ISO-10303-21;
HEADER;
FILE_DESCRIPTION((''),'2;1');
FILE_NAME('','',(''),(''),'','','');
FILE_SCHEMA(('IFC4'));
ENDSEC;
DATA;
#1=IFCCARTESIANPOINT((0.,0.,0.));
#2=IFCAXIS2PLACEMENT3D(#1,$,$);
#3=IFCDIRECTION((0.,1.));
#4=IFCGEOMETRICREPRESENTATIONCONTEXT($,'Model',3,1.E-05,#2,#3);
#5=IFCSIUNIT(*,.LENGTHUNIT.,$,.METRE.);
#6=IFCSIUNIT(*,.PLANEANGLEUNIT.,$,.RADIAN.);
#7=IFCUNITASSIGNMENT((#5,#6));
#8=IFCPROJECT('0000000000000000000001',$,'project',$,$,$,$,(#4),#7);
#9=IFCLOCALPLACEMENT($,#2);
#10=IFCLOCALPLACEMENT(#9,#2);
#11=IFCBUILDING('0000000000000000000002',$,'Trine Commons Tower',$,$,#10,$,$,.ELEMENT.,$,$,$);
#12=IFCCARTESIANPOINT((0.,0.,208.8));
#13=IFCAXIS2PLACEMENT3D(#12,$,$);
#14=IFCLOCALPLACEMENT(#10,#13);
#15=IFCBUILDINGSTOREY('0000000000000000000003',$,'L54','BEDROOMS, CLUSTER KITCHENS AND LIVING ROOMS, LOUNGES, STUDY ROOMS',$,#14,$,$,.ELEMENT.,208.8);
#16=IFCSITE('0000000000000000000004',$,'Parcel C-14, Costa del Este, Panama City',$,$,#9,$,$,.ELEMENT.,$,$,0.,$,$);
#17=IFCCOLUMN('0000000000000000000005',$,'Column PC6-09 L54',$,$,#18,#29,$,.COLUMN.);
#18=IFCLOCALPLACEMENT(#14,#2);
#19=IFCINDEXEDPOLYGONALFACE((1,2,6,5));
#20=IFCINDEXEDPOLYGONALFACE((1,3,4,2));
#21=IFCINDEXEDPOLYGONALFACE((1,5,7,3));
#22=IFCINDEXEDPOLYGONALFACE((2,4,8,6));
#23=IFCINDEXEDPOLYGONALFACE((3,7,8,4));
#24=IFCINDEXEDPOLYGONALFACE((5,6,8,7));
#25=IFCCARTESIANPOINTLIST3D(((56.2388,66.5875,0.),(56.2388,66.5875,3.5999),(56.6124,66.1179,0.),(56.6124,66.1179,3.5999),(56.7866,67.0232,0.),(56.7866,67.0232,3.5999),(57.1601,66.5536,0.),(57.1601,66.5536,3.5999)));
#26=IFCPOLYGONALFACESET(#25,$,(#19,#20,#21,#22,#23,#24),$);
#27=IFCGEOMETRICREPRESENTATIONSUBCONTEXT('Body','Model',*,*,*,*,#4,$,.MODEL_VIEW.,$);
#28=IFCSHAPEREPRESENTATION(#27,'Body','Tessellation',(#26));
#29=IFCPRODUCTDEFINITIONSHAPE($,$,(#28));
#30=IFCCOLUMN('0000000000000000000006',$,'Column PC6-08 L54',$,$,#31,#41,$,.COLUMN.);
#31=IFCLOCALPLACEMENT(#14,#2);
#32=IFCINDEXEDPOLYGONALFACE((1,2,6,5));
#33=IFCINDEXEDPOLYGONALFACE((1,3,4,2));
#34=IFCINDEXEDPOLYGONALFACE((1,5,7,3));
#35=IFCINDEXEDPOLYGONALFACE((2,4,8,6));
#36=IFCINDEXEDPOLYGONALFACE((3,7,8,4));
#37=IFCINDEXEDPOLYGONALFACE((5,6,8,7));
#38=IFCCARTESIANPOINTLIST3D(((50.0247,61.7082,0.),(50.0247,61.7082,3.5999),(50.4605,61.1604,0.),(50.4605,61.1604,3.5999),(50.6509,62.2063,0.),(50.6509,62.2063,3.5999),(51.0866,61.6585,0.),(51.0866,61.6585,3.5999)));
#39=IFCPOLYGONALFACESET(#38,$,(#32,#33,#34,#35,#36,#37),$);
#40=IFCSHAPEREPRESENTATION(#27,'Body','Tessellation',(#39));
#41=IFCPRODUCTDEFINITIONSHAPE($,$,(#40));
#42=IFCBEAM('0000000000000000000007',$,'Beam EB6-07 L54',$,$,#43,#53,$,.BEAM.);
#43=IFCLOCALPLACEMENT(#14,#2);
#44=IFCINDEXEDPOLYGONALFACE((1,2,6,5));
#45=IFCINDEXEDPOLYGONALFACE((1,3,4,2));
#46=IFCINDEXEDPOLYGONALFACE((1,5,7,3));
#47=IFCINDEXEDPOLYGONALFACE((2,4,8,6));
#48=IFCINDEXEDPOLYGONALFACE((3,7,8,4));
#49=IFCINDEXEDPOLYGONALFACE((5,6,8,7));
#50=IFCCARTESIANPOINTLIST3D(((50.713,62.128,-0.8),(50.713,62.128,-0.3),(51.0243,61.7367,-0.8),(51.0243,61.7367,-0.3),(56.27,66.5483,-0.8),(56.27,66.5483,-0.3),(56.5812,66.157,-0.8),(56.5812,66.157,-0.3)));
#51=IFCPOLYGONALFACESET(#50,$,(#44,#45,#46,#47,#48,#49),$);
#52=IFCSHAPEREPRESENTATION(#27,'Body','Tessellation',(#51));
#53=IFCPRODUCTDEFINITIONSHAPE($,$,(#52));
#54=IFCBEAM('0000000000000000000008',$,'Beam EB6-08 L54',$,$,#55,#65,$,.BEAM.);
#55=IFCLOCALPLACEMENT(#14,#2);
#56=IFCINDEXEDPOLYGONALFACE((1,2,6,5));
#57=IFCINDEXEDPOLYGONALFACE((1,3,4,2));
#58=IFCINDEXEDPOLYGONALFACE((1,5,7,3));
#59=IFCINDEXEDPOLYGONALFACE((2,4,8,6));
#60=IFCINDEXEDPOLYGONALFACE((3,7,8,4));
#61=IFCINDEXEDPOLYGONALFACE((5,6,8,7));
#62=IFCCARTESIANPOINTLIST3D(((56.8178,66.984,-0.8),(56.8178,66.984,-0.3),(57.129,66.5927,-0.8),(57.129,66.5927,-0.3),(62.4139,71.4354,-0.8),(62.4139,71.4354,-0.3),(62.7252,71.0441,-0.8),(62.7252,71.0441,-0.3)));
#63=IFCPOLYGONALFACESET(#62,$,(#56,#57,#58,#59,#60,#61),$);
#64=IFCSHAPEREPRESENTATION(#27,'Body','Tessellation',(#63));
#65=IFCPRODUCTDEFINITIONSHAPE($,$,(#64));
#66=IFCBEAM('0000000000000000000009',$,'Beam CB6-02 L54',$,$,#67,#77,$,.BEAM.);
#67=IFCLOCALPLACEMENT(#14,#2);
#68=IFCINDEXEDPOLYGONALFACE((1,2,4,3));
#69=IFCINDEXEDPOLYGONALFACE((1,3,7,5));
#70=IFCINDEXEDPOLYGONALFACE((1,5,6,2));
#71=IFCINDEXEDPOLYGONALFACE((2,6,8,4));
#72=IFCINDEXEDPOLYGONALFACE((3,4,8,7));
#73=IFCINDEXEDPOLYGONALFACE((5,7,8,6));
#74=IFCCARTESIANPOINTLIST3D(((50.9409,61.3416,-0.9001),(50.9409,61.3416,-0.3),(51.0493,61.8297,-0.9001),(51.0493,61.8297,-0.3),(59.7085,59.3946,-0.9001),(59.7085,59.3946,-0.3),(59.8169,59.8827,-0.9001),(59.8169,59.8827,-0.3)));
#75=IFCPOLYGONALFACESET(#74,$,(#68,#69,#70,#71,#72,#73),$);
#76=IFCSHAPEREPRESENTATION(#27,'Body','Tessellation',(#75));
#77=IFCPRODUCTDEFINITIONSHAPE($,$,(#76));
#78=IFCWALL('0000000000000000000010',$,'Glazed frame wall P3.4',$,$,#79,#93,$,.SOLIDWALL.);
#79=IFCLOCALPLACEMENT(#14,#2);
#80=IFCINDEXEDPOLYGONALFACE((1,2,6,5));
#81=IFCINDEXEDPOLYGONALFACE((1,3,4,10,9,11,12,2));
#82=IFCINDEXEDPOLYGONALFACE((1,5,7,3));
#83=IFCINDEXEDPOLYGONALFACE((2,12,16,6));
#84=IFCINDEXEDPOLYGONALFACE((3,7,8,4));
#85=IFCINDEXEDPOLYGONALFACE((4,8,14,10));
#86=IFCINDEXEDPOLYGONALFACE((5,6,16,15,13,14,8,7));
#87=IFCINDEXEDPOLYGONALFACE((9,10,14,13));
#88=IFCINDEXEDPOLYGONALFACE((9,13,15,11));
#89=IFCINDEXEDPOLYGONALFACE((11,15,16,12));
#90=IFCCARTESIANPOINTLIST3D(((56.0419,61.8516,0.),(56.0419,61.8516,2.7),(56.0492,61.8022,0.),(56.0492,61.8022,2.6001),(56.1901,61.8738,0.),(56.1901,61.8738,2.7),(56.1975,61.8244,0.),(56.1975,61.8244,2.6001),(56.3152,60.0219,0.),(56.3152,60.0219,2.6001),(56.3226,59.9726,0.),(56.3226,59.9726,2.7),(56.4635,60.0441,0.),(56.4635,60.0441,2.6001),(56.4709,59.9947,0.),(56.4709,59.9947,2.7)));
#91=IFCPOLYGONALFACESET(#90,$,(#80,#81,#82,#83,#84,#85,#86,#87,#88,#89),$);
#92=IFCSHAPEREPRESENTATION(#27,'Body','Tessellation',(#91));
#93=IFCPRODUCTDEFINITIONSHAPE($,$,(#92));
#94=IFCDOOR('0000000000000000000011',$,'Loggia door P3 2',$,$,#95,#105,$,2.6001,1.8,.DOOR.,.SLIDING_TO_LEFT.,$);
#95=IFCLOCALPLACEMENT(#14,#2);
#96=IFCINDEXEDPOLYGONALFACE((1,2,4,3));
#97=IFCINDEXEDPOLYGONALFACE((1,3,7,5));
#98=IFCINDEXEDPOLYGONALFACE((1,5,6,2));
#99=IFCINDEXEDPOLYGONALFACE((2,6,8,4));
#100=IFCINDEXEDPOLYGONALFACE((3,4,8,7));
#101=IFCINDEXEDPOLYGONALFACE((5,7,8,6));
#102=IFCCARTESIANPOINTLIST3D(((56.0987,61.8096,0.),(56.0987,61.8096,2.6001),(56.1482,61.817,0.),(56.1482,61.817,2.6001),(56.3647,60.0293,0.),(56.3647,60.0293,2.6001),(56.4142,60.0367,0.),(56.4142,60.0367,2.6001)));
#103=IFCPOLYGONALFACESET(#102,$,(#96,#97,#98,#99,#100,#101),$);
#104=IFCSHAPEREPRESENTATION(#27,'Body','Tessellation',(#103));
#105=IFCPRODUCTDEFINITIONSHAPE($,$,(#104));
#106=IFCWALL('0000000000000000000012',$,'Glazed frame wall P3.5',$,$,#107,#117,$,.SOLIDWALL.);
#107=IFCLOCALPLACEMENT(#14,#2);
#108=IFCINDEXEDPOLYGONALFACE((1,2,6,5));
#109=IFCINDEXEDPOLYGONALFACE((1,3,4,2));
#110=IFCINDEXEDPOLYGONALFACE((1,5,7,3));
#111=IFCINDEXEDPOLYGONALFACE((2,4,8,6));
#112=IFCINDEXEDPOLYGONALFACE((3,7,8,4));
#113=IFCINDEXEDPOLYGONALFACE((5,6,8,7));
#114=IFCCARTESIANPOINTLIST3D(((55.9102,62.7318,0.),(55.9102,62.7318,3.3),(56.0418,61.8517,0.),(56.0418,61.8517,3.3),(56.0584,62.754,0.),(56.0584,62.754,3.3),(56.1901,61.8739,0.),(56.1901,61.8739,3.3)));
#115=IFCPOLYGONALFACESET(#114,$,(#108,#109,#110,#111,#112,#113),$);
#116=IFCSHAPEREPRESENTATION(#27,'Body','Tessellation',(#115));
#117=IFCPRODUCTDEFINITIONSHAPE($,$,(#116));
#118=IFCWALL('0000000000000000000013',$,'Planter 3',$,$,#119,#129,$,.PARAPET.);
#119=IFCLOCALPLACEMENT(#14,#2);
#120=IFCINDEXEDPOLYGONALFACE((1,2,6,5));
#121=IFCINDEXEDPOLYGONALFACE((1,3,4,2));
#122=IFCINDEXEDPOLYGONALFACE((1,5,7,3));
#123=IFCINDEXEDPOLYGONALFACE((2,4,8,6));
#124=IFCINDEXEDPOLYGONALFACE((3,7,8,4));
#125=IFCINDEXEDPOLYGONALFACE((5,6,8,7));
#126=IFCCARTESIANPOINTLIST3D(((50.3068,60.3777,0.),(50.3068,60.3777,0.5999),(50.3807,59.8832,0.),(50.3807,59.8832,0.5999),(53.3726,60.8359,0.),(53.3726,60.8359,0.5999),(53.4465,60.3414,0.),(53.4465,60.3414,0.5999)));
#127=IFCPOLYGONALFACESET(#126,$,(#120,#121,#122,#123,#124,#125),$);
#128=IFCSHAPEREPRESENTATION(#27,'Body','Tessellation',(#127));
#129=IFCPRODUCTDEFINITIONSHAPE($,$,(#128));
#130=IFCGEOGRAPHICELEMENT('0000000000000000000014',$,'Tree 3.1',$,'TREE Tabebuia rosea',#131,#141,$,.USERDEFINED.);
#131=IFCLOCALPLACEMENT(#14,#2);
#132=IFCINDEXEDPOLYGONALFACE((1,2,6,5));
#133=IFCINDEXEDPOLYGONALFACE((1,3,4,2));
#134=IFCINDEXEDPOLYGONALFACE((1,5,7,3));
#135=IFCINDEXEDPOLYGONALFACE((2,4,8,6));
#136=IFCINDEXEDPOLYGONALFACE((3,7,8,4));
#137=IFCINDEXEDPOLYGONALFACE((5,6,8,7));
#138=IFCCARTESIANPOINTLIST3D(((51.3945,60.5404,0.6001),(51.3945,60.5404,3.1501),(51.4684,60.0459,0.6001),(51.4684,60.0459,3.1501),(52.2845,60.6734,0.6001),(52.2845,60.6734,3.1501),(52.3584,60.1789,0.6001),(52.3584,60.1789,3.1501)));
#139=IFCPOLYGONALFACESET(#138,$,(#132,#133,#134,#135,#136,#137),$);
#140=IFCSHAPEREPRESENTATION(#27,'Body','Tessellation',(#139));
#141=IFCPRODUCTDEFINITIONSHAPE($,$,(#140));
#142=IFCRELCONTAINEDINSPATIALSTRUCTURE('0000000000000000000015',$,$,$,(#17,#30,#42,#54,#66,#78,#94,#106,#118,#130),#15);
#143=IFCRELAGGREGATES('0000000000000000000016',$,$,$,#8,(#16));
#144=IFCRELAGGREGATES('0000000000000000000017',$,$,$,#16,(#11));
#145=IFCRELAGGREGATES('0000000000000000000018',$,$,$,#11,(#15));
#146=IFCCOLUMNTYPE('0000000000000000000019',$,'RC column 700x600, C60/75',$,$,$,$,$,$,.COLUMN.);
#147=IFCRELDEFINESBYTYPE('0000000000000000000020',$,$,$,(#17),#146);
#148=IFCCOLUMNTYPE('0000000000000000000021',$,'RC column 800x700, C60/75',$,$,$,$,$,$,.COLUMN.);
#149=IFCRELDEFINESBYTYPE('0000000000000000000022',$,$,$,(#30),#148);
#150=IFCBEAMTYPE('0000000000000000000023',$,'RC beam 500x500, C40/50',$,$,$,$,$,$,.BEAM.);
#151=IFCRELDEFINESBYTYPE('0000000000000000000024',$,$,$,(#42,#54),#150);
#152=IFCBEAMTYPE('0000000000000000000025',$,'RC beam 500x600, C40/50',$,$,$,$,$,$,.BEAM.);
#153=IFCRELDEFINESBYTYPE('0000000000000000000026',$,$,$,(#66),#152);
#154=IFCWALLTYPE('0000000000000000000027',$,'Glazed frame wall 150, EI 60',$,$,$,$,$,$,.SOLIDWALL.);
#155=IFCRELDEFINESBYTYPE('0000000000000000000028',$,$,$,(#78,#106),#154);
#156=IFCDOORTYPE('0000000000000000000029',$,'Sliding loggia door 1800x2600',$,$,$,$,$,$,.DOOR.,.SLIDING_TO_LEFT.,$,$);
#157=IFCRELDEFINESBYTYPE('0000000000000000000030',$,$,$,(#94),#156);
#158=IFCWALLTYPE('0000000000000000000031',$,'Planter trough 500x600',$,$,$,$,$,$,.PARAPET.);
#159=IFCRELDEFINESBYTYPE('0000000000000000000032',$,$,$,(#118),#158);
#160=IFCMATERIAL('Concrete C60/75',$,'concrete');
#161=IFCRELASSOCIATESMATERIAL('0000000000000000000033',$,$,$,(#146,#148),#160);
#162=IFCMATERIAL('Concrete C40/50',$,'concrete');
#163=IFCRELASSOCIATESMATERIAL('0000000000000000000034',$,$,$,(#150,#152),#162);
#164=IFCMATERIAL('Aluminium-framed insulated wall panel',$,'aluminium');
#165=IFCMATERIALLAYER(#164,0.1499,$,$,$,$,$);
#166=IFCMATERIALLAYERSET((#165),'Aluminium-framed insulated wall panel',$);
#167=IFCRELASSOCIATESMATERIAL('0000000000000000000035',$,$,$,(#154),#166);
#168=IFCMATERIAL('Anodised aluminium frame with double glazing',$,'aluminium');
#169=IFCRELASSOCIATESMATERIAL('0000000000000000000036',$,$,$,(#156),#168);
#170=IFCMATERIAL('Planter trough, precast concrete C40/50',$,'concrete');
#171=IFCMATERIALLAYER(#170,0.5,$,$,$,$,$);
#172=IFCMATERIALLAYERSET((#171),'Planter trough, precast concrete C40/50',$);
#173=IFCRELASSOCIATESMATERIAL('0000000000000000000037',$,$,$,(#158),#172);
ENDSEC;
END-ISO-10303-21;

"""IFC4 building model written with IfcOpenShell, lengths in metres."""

from ifc_helpers import new_model, si_unit, direction, frame, frame_2d, origin, origin_2d, place, context, subcontext, project, spatial, polyline, rectangle, outline, extrude, material, layer, layer_set, material_profile, profile_set, type_object, element, fill, save


model = new_model("IFC4")

# Units and contexts
model_context = context("Model", 3, precision=1e-05, world=origin(), true_north=direction((0.0, 1.0)))
body_context = subcontext(model_context, "Body", "Model", "MODEL_VIEW")
ifc_project = project(units=[si_unit("LENGTHUNIT", "METRE"), si_unit("PLANEANGLEUNIT", "RADIAN")], contexts=[model_context])

# Site, building, storey
site_placement = place(None, origin())
site = spatial("IfcSite", under=ifc_project, at=site_placement, Name="Parcel C-14, Costa del Este, Panama City", CompositionType="ELEMENT", RefElevation=0.0)
building_placement = place(site_placement, origin())
building = spatial("IfcBuilding", under=site, at=building_placement, Name="Trine Commons Tower", CompositionType="ELEMENT")
storey_placement = place(building_placement, frame((0.0, 0.0, 208.8)))
storey = spatial("IfcBuildingStorey", under=building, at=storey_placement, Name="L54", Description="BEDROOMS, CLUSTER KITCHENS AND LIVING ROOMS, LOUNGES, STUDY ROOMS", CompositionType="ELEMENT", Elevation=208.8)

# Columns
ifc_material_1 = material(Name="Concrete C60/75", Category="concrete")
ifc_material_profile_1 = material_profile(ifc_material_1, rectangle(XDim=0.7, YDim=0.6001, at=origin_2d()), Name="RC 700x600")
ifc_profile_set_1 = profile_set([ifc_material_profile_1], Name="Concrete C60/75")
column_type_1 = type_object("IfcColumnType", Name="RC column 700x600, C60/75", PredefinedType="COLUMN", material=ifc_profile_set_1)
column_1_placement = place(storey_placement, frame((56.6995, 66.5706, 0.0), z_axis=(0.0, 0.0, 1.0), x_axis=(0.782608, 0.622515, 0.0)))
element("IfcColumn", 1, at=column_1_placement, inside=storey, type_object=column_type_1, Name="Column PC6-09 L54", PredefinedType="COLUMN", context=body_context, shape_type="SweptSolid", body=[
    extrude(rectangle(XDim=0.7, YDim=0.6001, at=origin_2d()), origin(), (0.0, 0.0, 1.0), 3.5999),
])
ifc_material_profile_2 = material_profile(ifc_material_1, rectangle(XDim=0.8, YDim=0.7, at=origin_2d()), Name="RC 800x700")
ifc_profile_set_2 = profile_set([ifc_material_profile_2], Name="Concrete C60/75")
column_type_2 = type_object("IfcColumnType", Name="RC column 800x700, C60/75", PredefinedType="COLUMN", material=ifc_profile_set_2)
column_2_placement = place(storey_placement, frame((50.5557, 61.6833, 0.0), z_axis=(0.0, 0.0, 1.0), x_axis=(0.782608, 0.622515, 0.0)))
element("IfcColumn", 2, at=column_2_placement, inside=storey, type_object=column_type_2, Name="Column PC6-08 L54", PredefinedType="COLUMN", context=body_context, shape_type="SweptSolid", body=[
    extrude(rectangle(XDim=0.8, YDim=0.7, at=origin_2d()), origin(), (0.0, 0.0, 1.0), 3.5999),
])

# Beams
ifc_material_2 = material(Name="Concrete C40/50", Category="concrete")
ifc_material_profile_3 = material_profile(ifc_material_2, rectangle(XDim=0.5, YDim=0.5, at=origin_2d()), Name="RC 500x500")
ifc_profile_set_3 = profile_set([ifc_material_profile_3], Name="Concrete C40/50")
beam_type_1 = type_object("IfcBeamType", Name="RC beam 500x500, C40/50", PredefinedType="BEAM", material=ifc_profile_set_3)
beam_1_placement = place(storey_placement, frame((50.8687, 61.9324, -0.55), z_axis=(0.782607, 0.622516, 0.0), x_axis=(-0.622516, 0.782607, 0.0)))
element("IfcBeam", 3, at=beam_1_placement, inside=storey, type_object=beam_type_1, Name="Beam EB6-07 L54", PredefinedType="BEAM", context=body_context, shape_type="SweptSolid", body=[
    extrude(rectangle(XDim=0.5, YDim=0.5, at=origin_2d()), origin(), (0.0, 0.0, 1.0), 7.1006),
])
beam_2_placement = place(storey_placement, frame((56.9734, 66.7883, -0.55), z_axis=(0.782608, 0.622515, 0.0), x_axis=(-0.622515, 0.782608, 0.0)))
element("IfcBeam", 4, at=beam_2_placement, inside=storey, type_object=beam_type_1, Name="Beam EB6-08 L54", PredefinedType="BEAM", context=body_context, shape_type="SweptSolid", body=[
    extrude(rectangle(XDim=0.5, YDim=0.5, at=origin_2d()), origin(), (0.0, 0.0, 1.0), 7.1506),
])
ifc_material_profile_4 = material_profile(ifc_material_2, rectangle(XDim=0.5, YDim=0.6001, at=origin_2d()), Name="RC 500x600")
ifc_profile_set_4 = profile_set([ifc_material_profile_4], Name="Concrete C40/50")
beam_type_2 = type_object("IfcBeamType", Name="RC beam 500x600, C40/50", PredefinedType="BEAM", material=ifc_profile_set_4)
beam_3_placement = place(storey_placement, frame((50.9951, 61.5857, -0.6001), z_axis=(0.976218, -0.216789, 0.0), x_axis=(0.216789, 0.976218, 0.0)))
element("IfcBeam", 5, at=beam_3_placement, inside=storey, type_object=beam_type_2, Name="Beam CB6-02 L54", PredefinedType="BEAM", context=body_context, shape_type="SweptSolid", body=[
    extrude(rectangle(XDim=0.5, YDim=0.6001, at=origin_2d()), origin(), (0.0, 0.0, 1.0), 8.9812),
])

# Shared definitions
ifc_material_3 = material(Name="Aluminium-framed insulated wall panel", Category="aluminium")
ifc_layer_1 = layer(ifc_material_3, 0.1499)
ifc_layer_set_1 = layer_set([ifc_layer_1], Name="Aluminium-framed insulated wall panel")
wall_type_1 = type_object("IfcWallType", Name="Glazed frame wall 150, EI 60", PredefinedType="SOLIDWALL", material=ifc_layer_set_1)
ifc_material_4 = material(Name="Anodised aluminium frame with double glazing", Category="aluminium")
door_type = type_object("IfcDoorType", Name="Sliding loggia door 1800x2600", OperationType="SLIDING_TO_LEFT", PredefinedType="DOOR", material=ifc_material_4)

# Wall, opening, door
wall_1_placement = place(storey_placement, frame((56.3967, 59.9836, 0.0), z_axis=(0.0, 0.0, 1.0), x_axis=(-0.147769, 0.989022, 0.0)))
wall_1 = element("IfcWall", 6, at=wall_1_placement, inside=storey, type_object=wall_type_1, Name="Glazed frame wall P3.4", PredefinedType="SOLIDWALL", context=body_context, shape_type="SweptSolid", body=[
    extrude(outline(polyline([(0.0, -0.075), (1.8999, -0.075), (1.8999, 0.075), (0.0, 0.075), (0.0, -0.075)])), origin(), (0.0, 0.0, 1.0), 2.7),
])
opening_1_placement = place(wall_1_placement, frame((0.05, 0.0, 0.0)))
opening_1 = element("IfcOpeningElement", 7, at=opening_1_placement, cuts=wall_1, PredefinedType="OPENING", context=body_context, shape_type="SweptSolid", body=[
    extrude(rectangle(XDim=1.8, YDim=2.6001, at=frame_2d((0.8999, 1.3))), frame((0.0, 0.085, 0.0), z_axis=(0.0, -1.0, 0.0), x_axis=(1.0, 0.0, 0.0)), (0.0, 0.0, 1.0), 0.1699),
])
door_1_placement = place(opening_1_placement, origin())
door_1 = element("IfcDoor", 8, at=door_1_placement, inside=storey, type_object=door_type, Name="Loggia door P3 2", OperationType="SLIDING_TO_LEFT", OverallHeight=2.6001, OverallWidth=1.8, PredefinedType="DOOR", context=body_context, shape_type="SweptSolid", body=[
    extrude(rectangle(XDim=1.8, YDim=2.6001, at=frame_2d((0.8999, 1.3))), frame((0.0, 0.0249, 0.0), z_axis=(0.0, -1.0, 0.0), x_axis=(1.0, 0.0, 0.0)), (0.0, 0.0, 1.0), 0.05),
])
fill(opening_1, door_1)

# Walls
wall_2_placement = place(storey_placement, frame((56.116, 61.8628, 0.0), z_axis=(0.0, 0.0, 1.0), x_axis=(-0.147946, 0.988995, 0.0)))
element("IfcWall", 9, at=wall_2_placement, inside=storey, type_object=wall_type_1, Name="Glazed frame wall P3.5", PredefinedType="SOLIDWALL", context=body_context, shape_type="SweptSolid", body=[
    extrude(outline(polyline([(0.8899, 0.075), (0.0, 0.075), (0.0, -0.075), (0.8899, -0.075), (0.8899, 0.075)])), origin(), (0.0, 0.0, 1.0), 3.3),
])
ifc_material_5 = material(Name="Planter trough, precast concrete C40/50", Category="concrete")
ifc_layer_2 = layer(ifc_material_5, 0.5)
ifc_layer_set_2 = layer_set([ifc_layer_2], Name="Planter trough, precast concrete C40/50")
wall_type_2 = type_object("IfcWallType", Name="Planter trough 500x600", PredefinedType="PARAPET", material=ifc_layer_set_2)
wall_3_placement = place(storey_placement, frame((53.4094, 60.5886, 0.0), z_axis=(0.0, 0.0, 1.0), x_axis=(-0.989014, -0.147824, 0.0)))
element("IfcWall", 10, at=wall_3_placement, inside=storey, type_object=wall_type_2, Name="Planter 3", PredefinedType="PARAPET", context=body_context, shape_type="SweptSolid", body=[
    extrude(rectangle(XDim=3.0999, YDim=0.5, at=frame_2d((1.5498, 0.0))), origin(), (0.0, 0.0, 1.0), 0.5999),
])

# Geographic element
geographic_element_placement = place(storey_placement, frame((51.8765, 60.3596, 0.6001), z_axis=(0.0, 0.0, 1.0), x_axis=(-0.989015, -0.147816, 0.0)))
element("IfcGeographicElement", 11, at=geographic_element_placement, inside=storey, Name="Tree 3.1", ObjectType="TREE Tabebuia rosea", PredefinedType="USERDEFINED", context=body_context, shape_type="SweptSolid", body=[
    extrude(rectangle(XDim=0.8999, YDim=0.5, at=origin_2d()), origin(), (0.0, 0.0, 1.0), 2.55),
])

save(model, "model.ifc")
